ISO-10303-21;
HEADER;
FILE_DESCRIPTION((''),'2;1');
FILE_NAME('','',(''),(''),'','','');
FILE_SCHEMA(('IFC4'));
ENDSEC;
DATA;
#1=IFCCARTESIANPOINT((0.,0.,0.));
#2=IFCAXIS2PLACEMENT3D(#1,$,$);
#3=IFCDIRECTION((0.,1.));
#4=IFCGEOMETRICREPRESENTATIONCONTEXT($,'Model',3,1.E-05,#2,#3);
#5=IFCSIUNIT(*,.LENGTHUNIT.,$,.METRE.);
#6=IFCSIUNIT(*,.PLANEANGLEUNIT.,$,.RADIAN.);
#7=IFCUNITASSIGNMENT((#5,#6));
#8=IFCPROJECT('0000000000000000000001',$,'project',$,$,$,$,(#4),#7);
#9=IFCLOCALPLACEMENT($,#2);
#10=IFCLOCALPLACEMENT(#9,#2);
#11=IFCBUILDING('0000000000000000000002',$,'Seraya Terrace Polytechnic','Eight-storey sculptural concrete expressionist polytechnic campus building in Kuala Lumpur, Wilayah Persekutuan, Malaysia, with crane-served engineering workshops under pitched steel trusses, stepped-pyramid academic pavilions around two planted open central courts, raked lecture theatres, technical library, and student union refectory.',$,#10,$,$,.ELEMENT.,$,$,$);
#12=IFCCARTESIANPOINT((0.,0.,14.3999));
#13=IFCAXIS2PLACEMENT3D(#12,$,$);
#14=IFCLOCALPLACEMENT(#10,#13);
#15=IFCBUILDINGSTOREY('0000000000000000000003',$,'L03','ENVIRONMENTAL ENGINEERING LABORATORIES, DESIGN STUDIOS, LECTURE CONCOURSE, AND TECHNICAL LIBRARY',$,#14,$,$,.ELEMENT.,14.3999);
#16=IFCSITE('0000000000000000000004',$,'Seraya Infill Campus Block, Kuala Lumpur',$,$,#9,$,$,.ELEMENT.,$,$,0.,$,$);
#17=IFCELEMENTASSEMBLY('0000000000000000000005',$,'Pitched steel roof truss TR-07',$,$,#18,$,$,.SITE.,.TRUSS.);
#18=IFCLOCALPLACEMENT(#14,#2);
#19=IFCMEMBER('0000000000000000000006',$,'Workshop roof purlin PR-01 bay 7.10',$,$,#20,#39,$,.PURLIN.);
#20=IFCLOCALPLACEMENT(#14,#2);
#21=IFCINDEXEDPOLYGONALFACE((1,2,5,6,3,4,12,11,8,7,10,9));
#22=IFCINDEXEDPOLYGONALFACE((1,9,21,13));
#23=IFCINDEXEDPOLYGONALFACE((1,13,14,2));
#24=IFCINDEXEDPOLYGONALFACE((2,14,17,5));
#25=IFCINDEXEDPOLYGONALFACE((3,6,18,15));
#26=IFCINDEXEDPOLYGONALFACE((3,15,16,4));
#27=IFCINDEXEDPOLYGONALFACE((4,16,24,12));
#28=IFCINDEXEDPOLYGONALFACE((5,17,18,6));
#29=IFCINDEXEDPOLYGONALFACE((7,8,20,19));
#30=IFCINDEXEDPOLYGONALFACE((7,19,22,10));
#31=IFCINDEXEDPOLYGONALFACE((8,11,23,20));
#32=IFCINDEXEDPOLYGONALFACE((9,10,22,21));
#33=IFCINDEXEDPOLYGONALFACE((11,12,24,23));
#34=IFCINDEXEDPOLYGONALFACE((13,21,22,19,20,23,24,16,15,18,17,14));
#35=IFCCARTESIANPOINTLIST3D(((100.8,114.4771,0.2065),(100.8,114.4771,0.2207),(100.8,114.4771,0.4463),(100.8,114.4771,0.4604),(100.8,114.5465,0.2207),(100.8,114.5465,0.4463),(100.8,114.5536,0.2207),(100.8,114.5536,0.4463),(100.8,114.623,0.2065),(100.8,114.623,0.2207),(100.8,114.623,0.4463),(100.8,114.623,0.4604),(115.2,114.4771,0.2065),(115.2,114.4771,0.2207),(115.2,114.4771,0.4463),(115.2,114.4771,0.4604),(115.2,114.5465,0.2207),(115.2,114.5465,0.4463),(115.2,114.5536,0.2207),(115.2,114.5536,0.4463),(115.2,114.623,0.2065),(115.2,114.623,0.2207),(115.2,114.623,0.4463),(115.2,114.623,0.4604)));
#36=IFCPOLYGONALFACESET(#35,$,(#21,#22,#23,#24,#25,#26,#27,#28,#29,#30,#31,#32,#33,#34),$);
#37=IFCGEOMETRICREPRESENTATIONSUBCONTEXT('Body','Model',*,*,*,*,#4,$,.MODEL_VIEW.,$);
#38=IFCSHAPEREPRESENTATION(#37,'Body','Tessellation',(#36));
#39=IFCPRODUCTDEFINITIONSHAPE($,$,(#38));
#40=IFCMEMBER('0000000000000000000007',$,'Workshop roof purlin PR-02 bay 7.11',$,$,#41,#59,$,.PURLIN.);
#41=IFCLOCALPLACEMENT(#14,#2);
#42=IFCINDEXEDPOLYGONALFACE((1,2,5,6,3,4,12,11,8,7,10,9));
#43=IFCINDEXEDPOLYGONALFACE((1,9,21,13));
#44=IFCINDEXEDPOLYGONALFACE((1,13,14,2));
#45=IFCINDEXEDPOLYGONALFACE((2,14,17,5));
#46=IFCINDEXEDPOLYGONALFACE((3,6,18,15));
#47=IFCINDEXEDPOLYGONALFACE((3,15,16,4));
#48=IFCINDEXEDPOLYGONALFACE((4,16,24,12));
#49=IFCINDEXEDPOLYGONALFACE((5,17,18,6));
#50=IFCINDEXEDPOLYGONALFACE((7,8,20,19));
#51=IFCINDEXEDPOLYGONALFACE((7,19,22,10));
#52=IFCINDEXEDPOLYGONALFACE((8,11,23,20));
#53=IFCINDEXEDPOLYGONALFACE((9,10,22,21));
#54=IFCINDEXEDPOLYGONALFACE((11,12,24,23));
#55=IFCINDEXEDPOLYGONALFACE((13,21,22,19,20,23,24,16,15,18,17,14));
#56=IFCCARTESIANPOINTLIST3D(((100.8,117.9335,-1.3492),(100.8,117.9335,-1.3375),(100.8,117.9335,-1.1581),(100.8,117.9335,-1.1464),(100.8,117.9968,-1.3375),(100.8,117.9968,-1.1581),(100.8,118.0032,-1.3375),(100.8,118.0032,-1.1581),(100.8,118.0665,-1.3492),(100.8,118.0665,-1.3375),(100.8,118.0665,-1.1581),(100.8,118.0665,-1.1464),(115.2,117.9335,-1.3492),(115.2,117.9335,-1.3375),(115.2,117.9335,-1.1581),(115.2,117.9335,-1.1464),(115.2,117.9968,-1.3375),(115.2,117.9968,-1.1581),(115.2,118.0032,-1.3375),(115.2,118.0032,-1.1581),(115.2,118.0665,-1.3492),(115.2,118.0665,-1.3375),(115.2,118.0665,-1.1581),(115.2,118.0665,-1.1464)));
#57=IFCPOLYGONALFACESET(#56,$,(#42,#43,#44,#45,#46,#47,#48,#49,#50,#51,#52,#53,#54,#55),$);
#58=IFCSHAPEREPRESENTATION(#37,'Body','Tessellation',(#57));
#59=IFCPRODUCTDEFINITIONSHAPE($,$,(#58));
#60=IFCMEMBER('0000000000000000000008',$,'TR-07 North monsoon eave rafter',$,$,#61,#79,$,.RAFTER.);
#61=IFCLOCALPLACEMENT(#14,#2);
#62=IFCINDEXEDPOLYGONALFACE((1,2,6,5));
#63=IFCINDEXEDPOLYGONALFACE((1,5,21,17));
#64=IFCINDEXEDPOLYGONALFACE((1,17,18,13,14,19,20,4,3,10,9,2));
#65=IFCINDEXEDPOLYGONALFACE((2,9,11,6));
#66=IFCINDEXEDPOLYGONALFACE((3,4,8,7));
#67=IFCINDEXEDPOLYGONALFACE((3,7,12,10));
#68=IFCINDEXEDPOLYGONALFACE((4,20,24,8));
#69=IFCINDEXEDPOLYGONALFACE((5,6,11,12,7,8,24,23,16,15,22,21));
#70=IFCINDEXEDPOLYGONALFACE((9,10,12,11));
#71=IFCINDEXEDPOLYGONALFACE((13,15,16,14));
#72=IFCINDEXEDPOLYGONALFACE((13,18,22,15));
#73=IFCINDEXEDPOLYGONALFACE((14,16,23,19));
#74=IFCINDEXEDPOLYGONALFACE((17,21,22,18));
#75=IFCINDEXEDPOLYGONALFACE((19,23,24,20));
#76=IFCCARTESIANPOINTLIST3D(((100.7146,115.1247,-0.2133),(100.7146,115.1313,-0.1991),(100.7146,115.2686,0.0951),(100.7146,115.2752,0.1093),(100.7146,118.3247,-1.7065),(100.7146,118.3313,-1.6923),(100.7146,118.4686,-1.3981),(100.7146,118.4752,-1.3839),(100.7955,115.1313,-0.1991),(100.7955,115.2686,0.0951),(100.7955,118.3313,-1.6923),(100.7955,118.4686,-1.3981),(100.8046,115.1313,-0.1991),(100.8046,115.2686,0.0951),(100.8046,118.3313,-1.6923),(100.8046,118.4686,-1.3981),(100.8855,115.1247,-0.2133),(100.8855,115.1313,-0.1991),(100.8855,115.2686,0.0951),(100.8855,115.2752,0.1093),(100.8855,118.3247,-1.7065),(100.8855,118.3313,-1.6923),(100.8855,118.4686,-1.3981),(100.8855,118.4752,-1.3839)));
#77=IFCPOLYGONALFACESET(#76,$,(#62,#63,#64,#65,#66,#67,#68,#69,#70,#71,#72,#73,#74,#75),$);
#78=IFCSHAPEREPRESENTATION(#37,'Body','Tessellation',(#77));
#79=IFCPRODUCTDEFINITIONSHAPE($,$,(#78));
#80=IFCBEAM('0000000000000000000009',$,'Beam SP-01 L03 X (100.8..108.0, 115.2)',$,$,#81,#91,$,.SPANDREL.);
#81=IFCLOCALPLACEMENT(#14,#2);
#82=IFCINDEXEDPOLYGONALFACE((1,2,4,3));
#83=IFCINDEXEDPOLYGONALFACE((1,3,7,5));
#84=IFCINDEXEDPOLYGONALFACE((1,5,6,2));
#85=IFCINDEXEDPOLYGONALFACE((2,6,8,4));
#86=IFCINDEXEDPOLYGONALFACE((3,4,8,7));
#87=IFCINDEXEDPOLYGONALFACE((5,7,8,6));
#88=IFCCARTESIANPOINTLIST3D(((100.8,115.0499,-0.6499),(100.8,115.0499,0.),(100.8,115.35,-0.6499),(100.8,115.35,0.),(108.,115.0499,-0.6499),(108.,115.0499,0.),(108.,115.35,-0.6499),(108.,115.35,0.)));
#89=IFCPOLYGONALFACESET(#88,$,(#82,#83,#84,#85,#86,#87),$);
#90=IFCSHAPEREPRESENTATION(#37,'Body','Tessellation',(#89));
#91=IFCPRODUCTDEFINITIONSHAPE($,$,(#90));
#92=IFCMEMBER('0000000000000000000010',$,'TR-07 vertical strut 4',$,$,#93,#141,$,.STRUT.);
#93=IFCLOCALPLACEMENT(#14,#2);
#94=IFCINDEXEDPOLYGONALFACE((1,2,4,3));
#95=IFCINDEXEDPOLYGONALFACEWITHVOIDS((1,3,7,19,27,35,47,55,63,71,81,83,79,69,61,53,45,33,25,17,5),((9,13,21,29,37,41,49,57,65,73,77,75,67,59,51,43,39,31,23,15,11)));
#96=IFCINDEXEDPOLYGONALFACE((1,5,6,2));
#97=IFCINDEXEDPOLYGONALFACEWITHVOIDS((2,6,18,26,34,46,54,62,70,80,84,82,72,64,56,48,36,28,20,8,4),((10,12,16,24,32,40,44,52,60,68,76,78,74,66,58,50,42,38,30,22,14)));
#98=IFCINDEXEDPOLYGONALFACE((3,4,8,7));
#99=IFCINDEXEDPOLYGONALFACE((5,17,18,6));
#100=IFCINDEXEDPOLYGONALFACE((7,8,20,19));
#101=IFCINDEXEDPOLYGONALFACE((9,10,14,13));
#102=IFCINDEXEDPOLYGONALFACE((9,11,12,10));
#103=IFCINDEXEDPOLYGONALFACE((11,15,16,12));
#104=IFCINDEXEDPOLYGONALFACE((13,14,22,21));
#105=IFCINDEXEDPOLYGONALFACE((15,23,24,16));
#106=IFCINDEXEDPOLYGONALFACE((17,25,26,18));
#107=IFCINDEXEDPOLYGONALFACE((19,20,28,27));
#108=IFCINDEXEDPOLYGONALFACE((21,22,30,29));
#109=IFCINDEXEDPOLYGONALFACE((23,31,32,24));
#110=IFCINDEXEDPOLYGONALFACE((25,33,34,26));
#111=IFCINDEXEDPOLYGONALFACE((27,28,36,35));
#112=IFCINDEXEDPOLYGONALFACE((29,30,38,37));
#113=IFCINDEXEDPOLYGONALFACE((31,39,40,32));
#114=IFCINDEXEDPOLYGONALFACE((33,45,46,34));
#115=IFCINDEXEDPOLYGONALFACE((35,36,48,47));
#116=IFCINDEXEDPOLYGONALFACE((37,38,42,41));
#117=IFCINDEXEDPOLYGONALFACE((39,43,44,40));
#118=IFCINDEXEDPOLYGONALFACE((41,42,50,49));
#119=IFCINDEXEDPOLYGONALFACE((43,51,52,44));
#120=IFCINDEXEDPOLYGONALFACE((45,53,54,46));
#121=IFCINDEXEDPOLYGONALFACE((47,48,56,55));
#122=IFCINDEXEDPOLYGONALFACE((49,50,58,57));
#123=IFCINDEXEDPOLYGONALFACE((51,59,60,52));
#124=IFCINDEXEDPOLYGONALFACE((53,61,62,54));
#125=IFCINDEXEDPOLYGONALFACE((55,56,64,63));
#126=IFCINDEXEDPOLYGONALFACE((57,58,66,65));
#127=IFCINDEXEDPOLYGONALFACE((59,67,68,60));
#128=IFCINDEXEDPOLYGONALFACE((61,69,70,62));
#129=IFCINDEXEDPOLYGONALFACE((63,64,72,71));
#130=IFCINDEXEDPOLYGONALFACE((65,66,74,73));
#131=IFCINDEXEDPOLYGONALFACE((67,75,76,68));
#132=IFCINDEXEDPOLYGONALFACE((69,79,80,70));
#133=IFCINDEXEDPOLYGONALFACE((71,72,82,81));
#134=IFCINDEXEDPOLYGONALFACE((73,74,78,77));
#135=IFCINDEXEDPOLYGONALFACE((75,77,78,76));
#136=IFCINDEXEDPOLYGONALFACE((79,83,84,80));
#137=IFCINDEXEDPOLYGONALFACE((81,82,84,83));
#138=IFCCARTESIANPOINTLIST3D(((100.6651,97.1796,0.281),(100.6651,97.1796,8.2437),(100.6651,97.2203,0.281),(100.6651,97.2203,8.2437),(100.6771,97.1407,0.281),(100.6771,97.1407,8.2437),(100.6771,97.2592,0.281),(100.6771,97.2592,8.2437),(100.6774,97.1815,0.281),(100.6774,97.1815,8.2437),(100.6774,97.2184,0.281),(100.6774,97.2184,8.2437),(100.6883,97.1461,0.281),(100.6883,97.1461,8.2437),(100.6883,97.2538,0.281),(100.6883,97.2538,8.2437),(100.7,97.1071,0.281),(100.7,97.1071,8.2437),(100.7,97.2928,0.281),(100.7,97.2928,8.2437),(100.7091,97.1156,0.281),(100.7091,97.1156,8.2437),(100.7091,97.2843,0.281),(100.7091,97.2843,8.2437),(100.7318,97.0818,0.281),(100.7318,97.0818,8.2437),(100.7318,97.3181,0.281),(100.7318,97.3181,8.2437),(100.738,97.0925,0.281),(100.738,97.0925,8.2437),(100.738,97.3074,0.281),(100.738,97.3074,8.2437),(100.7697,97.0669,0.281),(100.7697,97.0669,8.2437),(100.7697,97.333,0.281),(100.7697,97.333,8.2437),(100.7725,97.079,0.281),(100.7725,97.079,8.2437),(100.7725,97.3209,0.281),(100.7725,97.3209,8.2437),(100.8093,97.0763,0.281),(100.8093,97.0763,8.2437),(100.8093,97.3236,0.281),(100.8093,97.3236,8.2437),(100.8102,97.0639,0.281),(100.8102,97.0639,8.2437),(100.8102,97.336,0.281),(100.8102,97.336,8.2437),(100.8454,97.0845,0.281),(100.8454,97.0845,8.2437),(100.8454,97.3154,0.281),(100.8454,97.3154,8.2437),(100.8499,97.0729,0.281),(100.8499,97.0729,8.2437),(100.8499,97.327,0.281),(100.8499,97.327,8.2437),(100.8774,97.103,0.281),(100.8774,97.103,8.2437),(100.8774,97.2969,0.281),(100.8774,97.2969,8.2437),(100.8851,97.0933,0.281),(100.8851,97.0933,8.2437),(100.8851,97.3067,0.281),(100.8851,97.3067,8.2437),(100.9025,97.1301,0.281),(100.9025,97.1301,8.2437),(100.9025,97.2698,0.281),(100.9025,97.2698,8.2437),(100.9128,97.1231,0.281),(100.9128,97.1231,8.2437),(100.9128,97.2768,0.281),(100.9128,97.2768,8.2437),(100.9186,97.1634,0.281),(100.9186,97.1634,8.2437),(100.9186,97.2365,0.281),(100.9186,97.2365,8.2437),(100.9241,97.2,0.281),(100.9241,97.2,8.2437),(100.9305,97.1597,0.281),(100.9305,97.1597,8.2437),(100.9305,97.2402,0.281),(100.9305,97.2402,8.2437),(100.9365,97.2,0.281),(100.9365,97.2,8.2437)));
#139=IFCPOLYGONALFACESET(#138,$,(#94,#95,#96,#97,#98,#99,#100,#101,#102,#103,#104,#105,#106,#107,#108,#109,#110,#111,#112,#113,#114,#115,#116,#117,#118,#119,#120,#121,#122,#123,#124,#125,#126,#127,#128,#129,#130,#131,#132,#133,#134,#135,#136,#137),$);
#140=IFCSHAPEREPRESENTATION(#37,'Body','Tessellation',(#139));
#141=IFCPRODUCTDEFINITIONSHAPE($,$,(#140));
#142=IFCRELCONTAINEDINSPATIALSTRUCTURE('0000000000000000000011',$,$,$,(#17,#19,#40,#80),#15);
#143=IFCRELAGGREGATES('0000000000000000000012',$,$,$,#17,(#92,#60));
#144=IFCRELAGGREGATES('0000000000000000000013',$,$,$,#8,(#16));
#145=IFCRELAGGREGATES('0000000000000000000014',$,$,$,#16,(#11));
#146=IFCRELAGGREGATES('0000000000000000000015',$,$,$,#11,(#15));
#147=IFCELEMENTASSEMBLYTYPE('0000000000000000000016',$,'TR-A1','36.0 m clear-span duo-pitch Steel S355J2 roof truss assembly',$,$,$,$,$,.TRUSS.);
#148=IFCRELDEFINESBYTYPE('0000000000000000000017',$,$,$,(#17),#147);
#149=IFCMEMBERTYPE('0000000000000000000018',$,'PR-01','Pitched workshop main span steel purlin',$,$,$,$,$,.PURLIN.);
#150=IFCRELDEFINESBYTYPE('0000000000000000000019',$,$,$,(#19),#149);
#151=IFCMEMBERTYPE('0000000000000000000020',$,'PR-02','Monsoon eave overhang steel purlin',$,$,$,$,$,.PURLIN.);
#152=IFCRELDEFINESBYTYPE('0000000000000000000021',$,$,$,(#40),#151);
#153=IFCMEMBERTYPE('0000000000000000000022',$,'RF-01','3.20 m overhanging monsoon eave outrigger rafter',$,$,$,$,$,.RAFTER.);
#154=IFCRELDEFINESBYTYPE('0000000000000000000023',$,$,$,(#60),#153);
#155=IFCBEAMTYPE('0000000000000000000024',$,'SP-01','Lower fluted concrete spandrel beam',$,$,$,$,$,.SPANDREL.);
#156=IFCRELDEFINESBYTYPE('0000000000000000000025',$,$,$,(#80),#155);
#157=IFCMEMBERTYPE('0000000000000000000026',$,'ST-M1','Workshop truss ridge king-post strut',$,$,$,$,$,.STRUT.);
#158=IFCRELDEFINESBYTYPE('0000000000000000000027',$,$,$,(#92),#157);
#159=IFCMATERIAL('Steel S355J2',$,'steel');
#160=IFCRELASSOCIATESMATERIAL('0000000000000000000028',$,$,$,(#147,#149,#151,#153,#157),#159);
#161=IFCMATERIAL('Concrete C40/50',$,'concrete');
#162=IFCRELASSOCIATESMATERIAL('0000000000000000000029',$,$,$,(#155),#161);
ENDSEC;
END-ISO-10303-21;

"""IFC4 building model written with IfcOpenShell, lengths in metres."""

from ifc_helpers import new_model, si_unit, direction, frame, origin, origin_2d, place, context, subcontext, project, spatial, rectangle, hollow_circle, i_section, extrude, material, material_profile, profile_set, type_object, element, aggregate, save


model = new_model("IFC4")

# Units and contexts
model_context = context("Model", 3, precision=1e-05, world=origin(), true_north=direction((0.0, 1.0)))
body_context = subcontext(model_context, "Body", "Model", "MODEL_VIEW")
ifc_project = project(units=[si_unit("LENGTHUNIT", "METRE"), si_unit("PLANEANGLEUNIT", "RADIAN")], contexts=[model_context])

# Site, building, storey
site_placement = place(None, origin())
site = spatial("IfcSite", under=ifc_project, at=site_placement, Name="Seraya Infill Campus Block, Kuala Lumpur", CompositionType="ELEMENT", RefElevation=0.0)
building_placement = place(site_placement, origin())
building = spatial("IfcBuilding", under=site, at=building_placement, Name="Seraya Terrace Polytechnic", Description="Eight-storey sculptural concrete expressionist polytechnic campus building in Kuala Lumpur, Wilayah Persekutuan, Malaysia, with crane-served engineering workshops under pitched steel trusses, stepped-pyramid academic pavilions around two planted open central courts, raked lecture theatres, technical library, and student union refectory.", CompositionType="ELEMENT")
storey_placement = place(building_placement, frame((0.0, 0.0, 14.3999)))
storey = spatial("IfcBuildingStorey", under=building, at=storey_placement, Name="L03", Description="ENVIRONMENTAL ENGINEERING LABORATORIES, DESIGN STUDIOS, LECTURE CONCOURSE, AND TECHNICAL LIBRARY", CompositionType="ELEMENT", Elevation=14.3999)

# Element assembly
ifc_material_1 = material(Name="Steel S355J2", Category="steel")
element_assembly_type = type_object("IfcElementAssemblyType", Name="TR-A1", Description="36.0 m clear-span duo-pitch Steel S355J2 roof truss assembly", PredefinedType="TRUSS", material=ifc_material_1)
assembly_placement = place(storey_placement, origin())
assembly = element("IfcElementAssembly", 1, at=assembly_placement, inside=storey, type_object=element_assembly_type, Name="Pitched steel roof truss TR-07", AssemblyPlace="SITE", PredefinedType="TRUSS")

# Members
ifc_material_profile_1 = material_profile(ifc_material_1, i_section(OverallWidth=0.146, OverallDepth=0.2539, WebThickness=0.0071, FlangeThickness=0.0142, at=origin_2d()), Name="UKB 254x146x7.2x14.2")
ifc_profile_set_1 = profile_set([ifc_material_profile_1], Name="Steel S355J2")
member_type_1 = type_object("IfcMemberType", Name="PR-01", Description="Pitched workshop main span steel purlin", PredefinedType="PURLIN", material=ifc_profile_set_1)
for number, where, z_axis, x_axis, name in (
    (2, (100.8, 114.55, 0.3335), (1.0, 0.0, 0.0), (0.0, 1.0, 0.0), "Workshop roof purlin PR-01 bay 7.10"),
):
    element("IfcMember", number, at=place(storey_placement, frame(where, z_axis=z_axis, x_axis=x_axis)), inside=storey, type_object=member_type_1, Name=name, PredefinedType="PURLIN", context=body_context, shape_type="SweptSolid", body=[
        extrude(i_section(OverallWidth=0.146, OverallDepth=0.2539, WebThickness=0.0071, FlangeThickness=0.0142, at=origin_2d()), origin(), (0.0, 0.0, 1.0), 14.3999),
    ])
ifc_material_profile_2 = material_profile(ifc_material_1, i_section(OverallWidth=0.1331, OverallDepth=0.2029, WebThickness=0.0063, FlangeThickness=0.0117, at=origin_2d()), Name="UKB 203x133x6.4x11.8")
ifc_profile_set_2 = profile_set([ifc_material_profile_2], Name="Steel S355J2")
member_type_2 = type_object("IfcMemberType", Name="PR-02", Description="Monsoon eave overhang steel purlin", PredefinedType="PURLIN", material=ifc_profile_set_2)
member_1_placement = place(storey_placement, frame((100.8, 118.0, -1.2478), z_axis=(1.0, 0.0, 0.0), x_axis=(0.0, 1.0, 0.0)))
element("IfcMember", 3, at=member_1_placement, inside=storey, type_object=member_type_2, Name="Workshop roof purlin PR-02 bay 7.11", PredefinedType="PURLIN", context=body_context, shape_type="SweptSolid", body=[
    extrude(i_section(OverallWidth=0.1331, OverallDepth=0.2029, WebThickness=0.0063, FlangeThickness=0.0117, at=origin_2d()), origin(), (0.0, 0.0, 1.0), 14.3999),
])

# Member
ifc_material_profile_3 = material_profile(ifc_material_1, i_section(OverallWidth=0.1709, OverallDepth=0.356, WebThickness=0.009, FlangeThickness=0.0156, at=origin_2d()), Name="UKB 356x171x9.1x15.7")
ifc_profile_set_3 = profile_set([ifc_material_profile_3], Name="Steel S355J2")
member_type_3 = type_object("IfcMemberType", Name="RF-01", Description="3.20 m overhanging monsoon eave outrigger rafter", PredefinedType="RAFTER", material=ifc_profile_set_3)
member_2_placement = place(storey_placement, frame((100.8, 115.2, -0.052), z_axis=(0.0, 0.906199, -0.422851), x_axis=(-1.0, 0.0, 0.0)))
member_2 = element("IfcMember", 4, at=member_2_placement, type_object=member_type_3, Name="TR-07 North monsoon eave rafter", PredefinedType="RAFTER", context=body_context, shape_type="SweptSolid", body=[
    extrude(i_section(OverallWidth=0.1709, OverallDepth=0.356, WebThickness=0.009, FlangeThickness=0.0156, at=origin_2d()), origin(), (0.0, 0.0, 1.0), 3.5312),
])

# Beam
ifc_material_2 = material(Name="Concrete C40/50", Category="concrete")
ifc_material_profile_4 = material_profile(ifc_material_2, rectangle(XDim=0.3, YDim=0.6499, at=origin_2d()), Name="RC 300x650")
ifc_profile_set_4 = profile_set([ifc_material_profile_4], Name="Concrete C40/50")
beam_type = type_object("IfcBeamType", Name="SP-01", Description="Lower fluted concrete spandrel beam", PredefinedType="SPANDREL", material=ifc_profile_set_4)
beam_placement = place(storey_placement, frame((100.8, 115.2, -0.325), z_axis=(1.0, 0.0, 0.0), x_axis=(0.0, 1.0, 0.0)))
element("IfcBeam", 5, at=beam_placement, inside=storey, type_object=beam_type, Name="Beam SP-01 L03 X (100.8..108.0, 115.2)", PredefinedType="SPANDREL", context=body_context, shape_type="SweptSolid", body=[
    extrude(rectangle(XDim=0.3, YDim=0.6499, at=origin_2d()), origin(), (0.0, 0.0, 1.0), 7.2),
])

# Member
ifc_material_profile_5 = material_profile(ifc_material_1, hollow_circle(Radius=0.1365, WallThickness=0.0125, at=origin_2d()), Name="CHS 273.0x12.5")
ifc_profile_set_5 = profile_set([ifc_material_profile_5], Name="Steel S355J2")
member_type_4 = type_object("IfcMemberType", Name="ST-M1", Description="Workshop truss ridge king-post strut", PredefinedType="STRUT", material=ifc_profile_set_5)
member_3_placement = place(storey_placement, frame((100.8, 97.2, 0.281), z_axis=(0.0, 0.0, 1.0), x_axis=(1.0, 0.0, 0.0)))
member_3 = element("IfcMember", 6, at=member_3_placement, type_object=member_type_4, Name="TR-07 vertical strut 4", PredefinedType="STRUT", context=body_context, shape_type="SweptSolid", body=[
    extrude(hollow_circle(Radius=0.1365, WallThickness=0.0125, at=origin_2d()), origin(), (0.0, 0.0, 1.0), 7.9626),
])

aggregate(assembly, [member_3, member_2])

save(model, "model.ifc")
